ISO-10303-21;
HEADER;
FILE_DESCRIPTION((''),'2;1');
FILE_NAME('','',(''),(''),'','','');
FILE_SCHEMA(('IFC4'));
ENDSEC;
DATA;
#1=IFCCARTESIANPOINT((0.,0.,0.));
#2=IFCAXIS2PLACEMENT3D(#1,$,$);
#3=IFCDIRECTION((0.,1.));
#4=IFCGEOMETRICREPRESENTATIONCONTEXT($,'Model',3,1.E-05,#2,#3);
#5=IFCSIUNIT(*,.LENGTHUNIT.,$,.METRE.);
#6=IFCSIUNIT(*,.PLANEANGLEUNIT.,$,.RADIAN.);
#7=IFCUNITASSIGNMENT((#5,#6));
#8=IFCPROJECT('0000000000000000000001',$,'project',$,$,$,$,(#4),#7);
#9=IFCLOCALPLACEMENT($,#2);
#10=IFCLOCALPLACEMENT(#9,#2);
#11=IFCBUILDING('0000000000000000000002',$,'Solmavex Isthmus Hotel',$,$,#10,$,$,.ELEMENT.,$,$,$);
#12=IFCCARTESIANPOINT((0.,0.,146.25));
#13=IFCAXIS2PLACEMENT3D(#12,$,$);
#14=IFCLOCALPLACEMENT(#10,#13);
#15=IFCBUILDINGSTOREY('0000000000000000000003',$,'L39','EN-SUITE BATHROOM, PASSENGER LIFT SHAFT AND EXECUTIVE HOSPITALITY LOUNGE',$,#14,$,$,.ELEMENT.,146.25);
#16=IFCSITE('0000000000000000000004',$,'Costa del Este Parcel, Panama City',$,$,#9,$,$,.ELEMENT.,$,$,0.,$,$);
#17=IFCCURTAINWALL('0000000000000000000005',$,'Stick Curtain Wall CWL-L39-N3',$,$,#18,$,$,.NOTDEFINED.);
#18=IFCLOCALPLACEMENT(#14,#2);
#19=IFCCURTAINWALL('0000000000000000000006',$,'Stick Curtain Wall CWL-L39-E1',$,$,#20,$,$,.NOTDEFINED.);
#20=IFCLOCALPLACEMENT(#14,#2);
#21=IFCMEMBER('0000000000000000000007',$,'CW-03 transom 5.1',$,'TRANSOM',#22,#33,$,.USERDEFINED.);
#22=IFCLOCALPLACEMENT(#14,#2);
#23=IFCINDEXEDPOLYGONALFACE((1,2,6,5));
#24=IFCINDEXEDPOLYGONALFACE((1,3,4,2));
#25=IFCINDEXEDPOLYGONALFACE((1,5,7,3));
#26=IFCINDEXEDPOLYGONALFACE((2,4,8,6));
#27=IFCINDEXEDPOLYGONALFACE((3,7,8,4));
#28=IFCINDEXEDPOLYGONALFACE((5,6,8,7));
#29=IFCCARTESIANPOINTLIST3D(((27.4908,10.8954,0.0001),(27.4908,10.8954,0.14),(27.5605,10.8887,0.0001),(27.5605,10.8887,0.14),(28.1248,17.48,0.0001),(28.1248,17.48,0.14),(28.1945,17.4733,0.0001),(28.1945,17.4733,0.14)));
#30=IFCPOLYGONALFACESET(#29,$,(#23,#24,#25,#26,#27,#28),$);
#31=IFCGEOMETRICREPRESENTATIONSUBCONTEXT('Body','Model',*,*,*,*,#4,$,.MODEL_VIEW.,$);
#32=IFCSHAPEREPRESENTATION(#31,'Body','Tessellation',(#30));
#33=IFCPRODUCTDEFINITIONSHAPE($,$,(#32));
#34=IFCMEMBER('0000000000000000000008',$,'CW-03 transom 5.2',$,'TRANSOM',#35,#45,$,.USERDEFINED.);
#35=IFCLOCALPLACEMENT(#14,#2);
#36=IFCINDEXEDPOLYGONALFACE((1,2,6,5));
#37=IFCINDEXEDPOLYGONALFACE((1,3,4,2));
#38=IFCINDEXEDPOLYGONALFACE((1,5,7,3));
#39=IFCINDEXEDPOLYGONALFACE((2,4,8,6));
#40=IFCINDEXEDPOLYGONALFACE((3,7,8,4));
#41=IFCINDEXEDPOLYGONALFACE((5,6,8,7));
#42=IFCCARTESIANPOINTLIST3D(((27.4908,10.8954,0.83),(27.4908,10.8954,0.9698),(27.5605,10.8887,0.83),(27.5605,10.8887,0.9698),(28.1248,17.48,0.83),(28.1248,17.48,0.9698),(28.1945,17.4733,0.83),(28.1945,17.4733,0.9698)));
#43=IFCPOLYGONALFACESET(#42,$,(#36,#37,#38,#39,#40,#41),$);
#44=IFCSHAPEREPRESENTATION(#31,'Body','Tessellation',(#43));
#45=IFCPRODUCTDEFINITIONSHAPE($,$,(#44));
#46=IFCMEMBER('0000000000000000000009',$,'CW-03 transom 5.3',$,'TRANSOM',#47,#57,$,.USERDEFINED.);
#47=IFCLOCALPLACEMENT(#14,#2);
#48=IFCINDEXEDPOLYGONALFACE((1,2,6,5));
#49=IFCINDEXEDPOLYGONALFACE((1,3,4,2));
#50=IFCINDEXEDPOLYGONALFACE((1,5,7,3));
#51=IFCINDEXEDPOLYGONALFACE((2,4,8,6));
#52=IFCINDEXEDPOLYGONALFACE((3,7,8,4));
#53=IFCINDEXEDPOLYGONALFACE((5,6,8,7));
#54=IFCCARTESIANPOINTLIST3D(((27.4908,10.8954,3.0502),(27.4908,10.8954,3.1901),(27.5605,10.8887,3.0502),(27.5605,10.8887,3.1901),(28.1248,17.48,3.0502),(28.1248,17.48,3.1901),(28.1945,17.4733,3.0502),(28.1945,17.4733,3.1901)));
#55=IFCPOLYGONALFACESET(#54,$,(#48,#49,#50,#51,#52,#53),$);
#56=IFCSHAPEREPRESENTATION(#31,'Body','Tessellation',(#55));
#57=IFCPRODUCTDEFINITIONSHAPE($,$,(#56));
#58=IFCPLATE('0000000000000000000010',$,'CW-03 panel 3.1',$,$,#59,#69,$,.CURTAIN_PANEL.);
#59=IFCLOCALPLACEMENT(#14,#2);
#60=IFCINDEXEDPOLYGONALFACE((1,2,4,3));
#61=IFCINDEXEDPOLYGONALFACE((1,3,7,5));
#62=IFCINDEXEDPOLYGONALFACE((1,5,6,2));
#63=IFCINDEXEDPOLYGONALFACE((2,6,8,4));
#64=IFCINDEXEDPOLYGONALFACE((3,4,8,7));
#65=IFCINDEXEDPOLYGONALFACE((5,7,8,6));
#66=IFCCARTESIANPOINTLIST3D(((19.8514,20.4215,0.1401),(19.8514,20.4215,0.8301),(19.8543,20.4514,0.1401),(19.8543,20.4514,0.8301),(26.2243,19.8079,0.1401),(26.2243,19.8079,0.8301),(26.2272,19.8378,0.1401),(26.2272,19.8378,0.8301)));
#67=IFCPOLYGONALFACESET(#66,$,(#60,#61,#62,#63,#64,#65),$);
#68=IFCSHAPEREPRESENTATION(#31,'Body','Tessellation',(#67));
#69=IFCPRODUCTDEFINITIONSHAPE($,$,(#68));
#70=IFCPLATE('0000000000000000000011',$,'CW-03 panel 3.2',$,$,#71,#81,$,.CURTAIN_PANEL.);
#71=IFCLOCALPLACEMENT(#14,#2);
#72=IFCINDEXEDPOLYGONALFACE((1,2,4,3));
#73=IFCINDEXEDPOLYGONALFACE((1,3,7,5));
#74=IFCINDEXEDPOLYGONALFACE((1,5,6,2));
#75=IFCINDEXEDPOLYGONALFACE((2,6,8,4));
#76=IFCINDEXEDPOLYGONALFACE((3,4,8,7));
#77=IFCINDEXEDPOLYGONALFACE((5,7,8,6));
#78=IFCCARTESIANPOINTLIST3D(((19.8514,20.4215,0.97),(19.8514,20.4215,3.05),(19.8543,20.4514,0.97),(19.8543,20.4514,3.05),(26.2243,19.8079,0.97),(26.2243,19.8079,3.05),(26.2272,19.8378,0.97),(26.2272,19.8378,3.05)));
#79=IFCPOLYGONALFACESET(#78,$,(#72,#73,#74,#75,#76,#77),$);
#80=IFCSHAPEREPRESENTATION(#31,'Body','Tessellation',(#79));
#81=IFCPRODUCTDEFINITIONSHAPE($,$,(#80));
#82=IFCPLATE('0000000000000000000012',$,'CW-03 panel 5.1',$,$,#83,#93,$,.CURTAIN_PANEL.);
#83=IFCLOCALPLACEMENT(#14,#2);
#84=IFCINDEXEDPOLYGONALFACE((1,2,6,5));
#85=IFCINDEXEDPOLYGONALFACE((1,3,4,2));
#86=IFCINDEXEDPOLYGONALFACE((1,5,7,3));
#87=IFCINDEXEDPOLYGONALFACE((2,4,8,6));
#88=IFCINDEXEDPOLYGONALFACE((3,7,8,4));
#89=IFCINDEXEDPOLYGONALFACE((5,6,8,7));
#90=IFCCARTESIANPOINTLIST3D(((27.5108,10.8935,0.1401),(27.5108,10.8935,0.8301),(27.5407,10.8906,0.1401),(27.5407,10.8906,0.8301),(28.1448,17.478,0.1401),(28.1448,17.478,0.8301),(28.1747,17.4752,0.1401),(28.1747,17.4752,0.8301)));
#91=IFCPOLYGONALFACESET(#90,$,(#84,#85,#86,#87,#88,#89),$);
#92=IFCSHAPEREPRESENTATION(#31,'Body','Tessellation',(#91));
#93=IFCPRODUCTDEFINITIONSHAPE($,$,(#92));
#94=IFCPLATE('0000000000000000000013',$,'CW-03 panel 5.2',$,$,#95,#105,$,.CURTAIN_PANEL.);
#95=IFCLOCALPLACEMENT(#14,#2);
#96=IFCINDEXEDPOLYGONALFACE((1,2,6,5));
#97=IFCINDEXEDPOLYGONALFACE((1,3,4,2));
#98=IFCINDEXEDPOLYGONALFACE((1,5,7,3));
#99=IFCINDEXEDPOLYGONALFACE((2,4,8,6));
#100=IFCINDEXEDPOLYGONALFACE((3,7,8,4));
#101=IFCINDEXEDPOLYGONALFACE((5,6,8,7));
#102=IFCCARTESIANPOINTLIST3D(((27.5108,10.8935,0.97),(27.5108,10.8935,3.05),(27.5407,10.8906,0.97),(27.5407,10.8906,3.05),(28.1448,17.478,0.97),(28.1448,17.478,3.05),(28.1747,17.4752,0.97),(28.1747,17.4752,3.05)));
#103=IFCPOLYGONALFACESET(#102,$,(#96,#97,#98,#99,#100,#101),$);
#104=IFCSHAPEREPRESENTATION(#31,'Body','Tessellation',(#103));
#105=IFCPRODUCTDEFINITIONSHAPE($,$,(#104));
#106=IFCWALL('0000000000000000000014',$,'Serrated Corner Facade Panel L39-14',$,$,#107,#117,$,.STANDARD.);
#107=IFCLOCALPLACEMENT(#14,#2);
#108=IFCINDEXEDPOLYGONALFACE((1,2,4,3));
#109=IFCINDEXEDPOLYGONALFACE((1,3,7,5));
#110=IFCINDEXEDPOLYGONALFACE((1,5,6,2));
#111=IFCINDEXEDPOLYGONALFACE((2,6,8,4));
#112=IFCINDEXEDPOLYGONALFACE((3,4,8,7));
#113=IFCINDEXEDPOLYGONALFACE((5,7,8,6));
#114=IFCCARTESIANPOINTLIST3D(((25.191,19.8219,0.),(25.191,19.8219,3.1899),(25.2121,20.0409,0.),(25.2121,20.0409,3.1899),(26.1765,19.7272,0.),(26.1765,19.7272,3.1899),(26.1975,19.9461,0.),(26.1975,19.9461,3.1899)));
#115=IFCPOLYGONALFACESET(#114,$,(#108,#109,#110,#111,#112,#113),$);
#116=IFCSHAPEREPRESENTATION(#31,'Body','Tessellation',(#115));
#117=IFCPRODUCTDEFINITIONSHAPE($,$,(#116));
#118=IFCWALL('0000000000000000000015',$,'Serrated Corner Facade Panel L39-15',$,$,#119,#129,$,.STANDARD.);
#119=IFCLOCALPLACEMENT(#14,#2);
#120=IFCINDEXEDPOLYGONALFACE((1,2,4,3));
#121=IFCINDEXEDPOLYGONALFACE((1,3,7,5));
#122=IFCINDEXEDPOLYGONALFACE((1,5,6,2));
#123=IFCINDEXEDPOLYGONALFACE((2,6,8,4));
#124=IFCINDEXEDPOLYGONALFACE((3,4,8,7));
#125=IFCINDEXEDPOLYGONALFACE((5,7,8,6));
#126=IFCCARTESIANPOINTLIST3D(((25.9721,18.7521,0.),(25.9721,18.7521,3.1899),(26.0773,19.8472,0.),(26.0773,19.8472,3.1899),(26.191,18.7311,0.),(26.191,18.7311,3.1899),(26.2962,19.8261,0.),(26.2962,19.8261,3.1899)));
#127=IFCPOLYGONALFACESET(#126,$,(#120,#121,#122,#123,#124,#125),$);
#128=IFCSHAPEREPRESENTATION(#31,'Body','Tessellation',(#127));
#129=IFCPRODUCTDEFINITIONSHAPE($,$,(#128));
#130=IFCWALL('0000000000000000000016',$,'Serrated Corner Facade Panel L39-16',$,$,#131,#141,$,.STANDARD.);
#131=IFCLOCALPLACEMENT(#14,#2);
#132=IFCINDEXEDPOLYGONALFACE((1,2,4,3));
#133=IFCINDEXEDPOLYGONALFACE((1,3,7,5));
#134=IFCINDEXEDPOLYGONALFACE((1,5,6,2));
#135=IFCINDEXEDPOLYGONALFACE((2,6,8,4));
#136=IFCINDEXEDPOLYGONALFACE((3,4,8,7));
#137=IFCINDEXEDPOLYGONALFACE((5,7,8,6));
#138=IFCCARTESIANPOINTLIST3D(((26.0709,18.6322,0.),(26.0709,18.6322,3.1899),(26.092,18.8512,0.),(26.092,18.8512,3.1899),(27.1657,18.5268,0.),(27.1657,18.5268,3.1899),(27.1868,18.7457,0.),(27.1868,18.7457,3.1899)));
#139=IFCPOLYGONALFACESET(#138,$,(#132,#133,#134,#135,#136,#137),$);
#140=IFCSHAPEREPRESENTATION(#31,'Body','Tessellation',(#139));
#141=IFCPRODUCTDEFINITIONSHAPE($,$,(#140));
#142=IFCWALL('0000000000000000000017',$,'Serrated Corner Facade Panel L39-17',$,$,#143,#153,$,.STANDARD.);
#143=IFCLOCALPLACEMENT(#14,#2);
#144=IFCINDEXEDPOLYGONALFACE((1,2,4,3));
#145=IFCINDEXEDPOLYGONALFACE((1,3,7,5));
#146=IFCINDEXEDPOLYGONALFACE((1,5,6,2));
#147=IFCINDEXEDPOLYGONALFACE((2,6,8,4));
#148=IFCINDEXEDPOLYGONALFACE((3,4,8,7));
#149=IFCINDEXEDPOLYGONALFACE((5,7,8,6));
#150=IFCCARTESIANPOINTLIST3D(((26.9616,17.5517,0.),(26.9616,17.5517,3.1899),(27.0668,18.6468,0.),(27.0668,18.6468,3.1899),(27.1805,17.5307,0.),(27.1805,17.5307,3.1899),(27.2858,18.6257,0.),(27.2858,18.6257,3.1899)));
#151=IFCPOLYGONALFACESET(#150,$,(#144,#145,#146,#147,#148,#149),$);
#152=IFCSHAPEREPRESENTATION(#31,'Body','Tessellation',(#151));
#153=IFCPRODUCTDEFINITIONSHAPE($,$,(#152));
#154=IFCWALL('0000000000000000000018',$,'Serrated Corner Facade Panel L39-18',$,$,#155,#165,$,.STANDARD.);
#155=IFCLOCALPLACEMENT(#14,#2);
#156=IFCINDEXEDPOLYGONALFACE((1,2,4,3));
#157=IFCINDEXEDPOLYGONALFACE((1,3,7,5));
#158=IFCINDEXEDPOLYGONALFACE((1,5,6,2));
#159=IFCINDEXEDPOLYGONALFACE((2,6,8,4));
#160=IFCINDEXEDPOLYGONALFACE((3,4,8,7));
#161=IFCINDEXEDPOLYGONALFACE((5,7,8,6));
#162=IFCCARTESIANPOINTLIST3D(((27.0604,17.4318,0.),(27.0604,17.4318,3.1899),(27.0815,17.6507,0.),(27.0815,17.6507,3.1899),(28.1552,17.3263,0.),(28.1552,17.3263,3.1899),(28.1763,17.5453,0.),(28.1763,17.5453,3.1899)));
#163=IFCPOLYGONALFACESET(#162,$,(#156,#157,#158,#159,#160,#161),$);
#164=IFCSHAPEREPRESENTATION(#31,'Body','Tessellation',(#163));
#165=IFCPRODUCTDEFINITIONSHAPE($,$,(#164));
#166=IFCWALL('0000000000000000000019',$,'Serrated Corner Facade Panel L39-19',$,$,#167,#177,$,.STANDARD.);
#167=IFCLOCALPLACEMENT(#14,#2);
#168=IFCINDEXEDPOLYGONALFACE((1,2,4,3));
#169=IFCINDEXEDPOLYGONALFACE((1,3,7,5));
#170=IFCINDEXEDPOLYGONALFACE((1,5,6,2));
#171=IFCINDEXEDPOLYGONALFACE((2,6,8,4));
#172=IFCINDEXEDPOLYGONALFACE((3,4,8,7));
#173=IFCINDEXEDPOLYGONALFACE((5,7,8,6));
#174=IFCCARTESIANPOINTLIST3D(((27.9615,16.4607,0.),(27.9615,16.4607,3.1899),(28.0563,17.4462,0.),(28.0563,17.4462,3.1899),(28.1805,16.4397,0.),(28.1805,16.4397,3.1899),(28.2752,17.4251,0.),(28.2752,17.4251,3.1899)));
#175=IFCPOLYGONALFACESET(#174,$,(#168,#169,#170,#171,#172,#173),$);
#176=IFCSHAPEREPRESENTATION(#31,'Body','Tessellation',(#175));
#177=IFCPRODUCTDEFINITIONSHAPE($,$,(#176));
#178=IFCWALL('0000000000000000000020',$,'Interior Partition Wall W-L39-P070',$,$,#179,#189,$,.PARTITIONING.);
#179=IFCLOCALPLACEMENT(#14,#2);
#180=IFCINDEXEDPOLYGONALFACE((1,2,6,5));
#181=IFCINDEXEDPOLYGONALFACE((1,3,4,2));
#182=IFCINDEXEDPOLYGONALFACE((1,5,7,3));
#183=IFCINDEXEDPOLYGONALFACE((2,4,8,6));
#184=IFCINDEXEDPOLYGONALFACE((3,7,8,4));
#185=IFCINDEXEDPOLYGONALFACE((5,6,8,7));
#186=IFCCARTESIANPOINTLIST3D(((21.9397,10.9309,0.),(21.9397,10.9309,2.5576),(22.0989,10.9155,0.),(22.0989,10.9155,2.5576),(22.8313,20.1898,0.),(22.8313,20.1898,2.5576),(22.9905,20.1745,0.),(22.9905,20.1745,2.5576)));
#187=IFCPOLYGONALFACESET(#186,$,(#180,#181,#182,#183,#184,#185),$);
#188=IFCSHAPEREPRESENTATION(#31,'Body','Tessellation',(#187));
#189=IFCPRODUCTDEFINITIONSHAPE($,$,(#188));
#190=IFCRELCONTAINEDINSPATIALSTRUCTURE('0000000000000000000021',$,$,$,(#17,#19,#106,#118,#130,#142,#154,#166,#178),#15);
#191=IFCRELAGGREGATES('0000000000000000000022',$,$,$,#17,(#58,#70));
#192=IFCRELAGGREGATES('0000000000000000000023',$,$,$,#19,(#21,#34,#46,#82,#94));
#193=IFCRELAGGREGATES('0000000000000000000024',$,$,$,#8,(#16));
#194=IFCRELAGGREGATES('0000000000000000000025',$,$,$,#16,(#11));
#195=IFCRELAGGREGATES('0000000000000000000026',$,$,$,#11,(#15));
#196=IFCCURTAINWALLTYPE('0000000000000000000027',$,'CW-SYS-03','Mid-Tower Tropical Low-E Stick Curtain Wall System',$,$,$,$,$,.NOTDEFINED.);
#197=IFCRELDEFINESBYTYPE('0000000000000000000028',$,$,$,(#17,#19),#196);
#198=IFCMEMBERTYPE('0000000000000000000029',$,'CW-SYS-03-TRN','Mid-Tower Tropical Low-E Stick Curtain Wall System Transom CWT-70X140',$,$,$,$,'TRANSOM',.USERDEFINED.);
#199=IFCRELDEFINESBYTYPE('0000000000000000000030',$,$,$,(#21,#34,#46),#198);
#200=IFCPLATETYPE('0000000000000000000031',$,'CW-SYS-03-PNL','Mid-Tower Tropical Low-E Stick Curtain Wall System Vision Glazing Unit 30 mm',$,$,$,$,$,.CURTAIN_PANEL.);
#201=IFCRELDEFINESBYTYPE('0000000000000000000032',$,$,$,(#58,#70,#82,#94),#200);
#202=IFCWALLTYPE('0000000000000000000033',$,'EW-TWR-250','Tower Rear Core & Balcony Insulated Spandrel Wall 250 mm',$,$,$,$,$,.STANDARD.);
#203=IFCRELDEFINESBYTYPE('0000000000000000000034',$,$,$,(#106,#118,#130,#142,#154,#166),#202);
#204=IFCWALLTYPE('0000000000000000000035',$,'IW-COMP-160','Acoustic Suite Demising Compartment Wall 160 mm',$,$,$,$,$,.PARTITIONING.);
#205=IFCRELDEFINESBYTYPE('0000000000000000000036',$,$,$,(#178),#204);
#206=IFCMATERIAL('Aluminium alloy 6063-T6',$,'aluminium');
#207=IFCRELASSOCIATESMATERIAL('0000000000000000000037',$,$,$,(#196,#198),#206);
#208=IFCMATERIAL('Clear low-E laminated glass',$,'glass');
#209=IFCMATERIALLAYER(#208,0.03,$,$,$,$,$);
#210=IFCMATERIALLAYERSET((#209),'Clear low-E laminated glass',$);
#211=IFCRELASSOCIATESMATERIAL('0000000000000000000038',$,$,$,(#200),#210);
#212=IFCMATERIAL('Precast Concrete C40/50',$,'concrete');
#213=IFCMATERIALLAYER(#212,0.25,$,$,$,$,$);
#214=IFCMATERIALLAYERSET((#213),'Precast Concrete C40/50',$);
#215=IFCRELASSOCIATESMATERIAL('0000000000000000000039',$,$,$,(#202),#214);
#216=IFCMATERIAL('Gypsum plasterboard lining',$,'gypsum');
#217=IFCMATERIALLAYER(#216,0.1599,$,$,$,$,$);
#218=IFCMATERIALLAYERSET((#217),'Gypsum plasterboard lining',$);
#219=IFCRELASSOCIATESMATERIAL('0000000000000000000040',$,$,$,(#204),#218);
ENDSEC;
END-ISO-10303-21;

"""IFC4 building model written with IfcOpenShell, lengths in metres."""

from ifc_helpers import new_model, si_unit, direction, frame, frame_2d, origin, origin_2d, place, context, subcontext, project, spatial, rectangle, extrude, material, layer, layer_set, material_profile, profile_set, type_object, element, aggregate, save


model = new_model("IFC4")

# Units and contexts
model_context = context("Model", 3, precision=1e-05, world=origin(), true_north=direction((0.0, 1.0)))
body_context = subcontext(model_context, "Body", "Model", "MODEL_VIEW")
ifc_project = project(units=[si_unit("LENGTHUNIT", "METRE"), si_unit("PLANEANGLEUNIT", "RADIAN")], contexts=[model_context])

# Site, building, storey
site_placement = place(None, origin())
site = spatial("IfcSite", under=ifc_project, at=site_placement, Name="Costa del Este Parcel, Panama City", CompositionType="ELEMENT", RefElevation=0.0)
building_placement = place(site_placement, origin())
building = spatial("IfcBuilding", under=site, at=building_placement, Name="Solmavex Isthmus Hotel", CompositionType="ELEMENT")
storey_placement = place(building_placement, frame((0.0, 0.0, 146.25)))
storey = spatial("IfcBuildingStorey", under=building, at=storey_placement, Name="L39", Description="EN-SUITE BATHROOM, PASSENGER LIFT SHAFT AND EXECUTIVE HOSPITALITY LOUNGE", CompositionType="ELEMENT", Elevation=146.25)

# Curtain wall
ifc_material_1 = material(Name="Aluminium alloy 6063-T6", Category="aluminium")
curtain_wall_type = type_object("IfcCurtainWallType", Name="CW-SYS-03", Description="Mid-Tower Tropical Low-E Stick Curtain Wall System", PredefinedType="NOTDEFINED", material=ifc_material_1)
curtain_wall_1_placement = place(storey_placement, origin())
curtain_wall_1 = element("IfcCurtainWall", 1, at=curtain_wall_1_placement, inside=storey, type_object=curtain_wall_type, Name="Stick Curtain Wall CWL-L39-N3", PredefinedType="NOTDEFINED")

# Curtain wall, members
curtain_wall_2_placement = place(storey_placement, origin())
curtain_wall_2 = element("IfcCurtainWall", 2, at=curtain_wall_2_placement, inside=storey, type_object=curtain_wall_type, Name="Stick Curtain Wall CWL-L39-E1", PredefinedType="NOTDEFINED")
ifc_material_profile_1 = material_profile(ifc_material_1, rectangle(XDim=0.0701, YDim=0.1399, at=origin_2d()), Name="CWT-70X140")
ifc_profile_set_1 = profile_set([ifc_material_profile_1], Name="Aluminium alloy 6063-T6")
member_type_1 = type_object("IfcMemberType", Name="CW-SYS-03-TRN", Description="Mid-Tower Tropical Low-E Stick Curtain Wall System Transom CWT-70X140", ElementType="TRANSOM", PredefinedType="USERDEFINED", material=ifc_profile_set_1)
member_1_placement = place(storey_placement, frame((27.5256, 10.8921, 0.0701), z_axis=(0.095849, 0.995396, 0.0), x_axis=(-0.995396, 0.095849, 0.0)))
member_1 = element("IfcMember", 3, at=member_1_placement, type_object=member_type_1, Name="CW-03 transom 5.1", ObjectType="TRANSOM", PredefinedType="USERDEFINED", context=body_context, shape_type="SweptSolid", body=[
    extrude(rectangle(XDim=0.0701, YDim=0.1399, at=origin_2d()), origin(), (0.0, 0.0, 1.0), 6.615),
])
member_2_placement = place(storey_placement, frame((27.5256, 10.8921, 0.8999), z_axis=(0.095849, 0.995396, 0.0), x_axis=(-0.995396, 0.095849, 0.0)))
member_2 = element("IfcMember", 4, at=member_2_placement, type_object=member_type_1, Name="CW-03 transom 5.2", ObjectType="TRANSOM", PredefinedType="USERDEFINED", context=body_context, shape_type="SweptSolid", body=[
    extrude(rectangle(XDim=0.0701, YDim=0.1399, at=origin_2d()), origin(), (0.0, 0.0, 1.0), 6.615),
])
member_3_placement = place(storey_placement, frame((27.5256, 10.8921, 3.1201), z_axis=(0.095849, 0.995396, 0.0), x_axis=(-0.995396, 0.095849, 0.0)))
member_3 = element("IfcMember", 5, at=member_3_placement, type_object=member_type_1, Name="CW-03 transom 5.3", ObjectType="TRANSOM", PredefinedType="USERDEFINED", context=body_context, shape_type="SweptSolid", body=[
    extrude(rectangle(XDim=0.0701, YDim=0.1399, at=origin_2d()), origin(), (0.0, 0.0, 1.0), 6.615),
])

# Plates
ifc_material_2 = material(Name="Clear low-E laminated glass", Category="glass")
ifc_layer_1 = layer(ifc_material_2, 0.03)
ifc_layer_set_1 = layer_set([ifc_layer_1], Name="Clear low-E laminated glass")
plate_type = type_object("IfcPlateType", Name="CW-SYS-03-PNL", Description="Mid-Tower Tropical Low-E Stick Curtain Wall System Vision Glazing Unit 30 mm", PredefinedType="CURTAIN_PANEL", material=ifc_layer_set_1)
plate_1_placement = place(storey_placement, frame((23.0393, 20.1296, 0.1401), z_axis=(0.0, 0.0, 1.0), x_axis=(0.995396, -0.095846, 0.0)))
plate_1 = element("IfcPlate", 6, at=plate_1_placement, type_object=plate_type, Name="CW-03 panel 3.1", PredefinedType="CURTAIN_PANEL", context=body_context, shape_type="SweptSolid", body=[
    extrude(rectangle(XDim=6.4023, YDim=0.03, at=origin_2d()), origin(), (0.0, 0.0, 1.0), 0.6899),
])
plate_2_placement = place(storey_placement, frame((23.0393, 20.1296, 0.97), z_axis=(0.0, 0.0, 1.0), x_axis=(0.995396, -0.095846, 0.0)))
plate_2 = element("IfcPlate", 7, at=plate_2_placement, type_object=plate_type, Name="CW-03 panel 3.2", PredefinedType="CURTAIN_PANEL", context=body_context, shape_type="SweptSolid", body=[
    extrude(rectangle(XDim=6.4023, YDim=0.03, at=origin_2d()), origin(), (0.0, 0.0, 1.0), 2.0801),
])
aggregate(curtain_wall_1, [plate_1, plate_2])
plate_3_placement = place(storey_placement, frame((27.8428, 14.1843, 0.1401), z_axis=(0.0, 0.0, 1.0), x_axis=(0.095846, 0.995396, 0.0)))
plate_3 = element("IfcPlate", 8, at=plate_3_placement, type_object=plate_type, Name="CW-03 panel 5.1", PredefinedType="CURTAIN_PANEL", context=body_context, shape_type="SweptSolid", body=[
    extrude(rectangle(XDim=6.615, YDim=0.03, at=origin_2d()), origin(), (0.0, 0.0, 1.0), 0.6899),
])
plate_4_placement = place(storey_placement, frame((27.8428, 14.1843, 0.97), z_axis=(0.0, 0.0, 1.0), x_axis=(0.095846, 0.995396, 0.0)))
plate_4 = element("IfcPlate", 9, at=plate_4_placement, type_object=plate_type, Name="CW-03 panel 5.2", PredefinedType="CURTAIN_PANEL", context=body_context, shape_type="SweptSolid", body=[
    extrude(rectangle(XDim=6.615, YDim=0.03, at=origin_2d()), origin(), (0.0, 0.0, 1.0), 2.0801),
])
aggregate(curtain_wall_2, [member_1, member_2, member_3, plate_3, plate_4])

# Walls
ifc_material_3 = material(Name="Precast Concrete C40/50", Category="concrete")
ifc_layer_2 = layer(ifc_material_3, 0.25)
ifc_layer_set_2 = layer_set([ifc_layer_2], Name="Precast Concrete C40/50")
wall_type_1 = type_object("IfcWallType", Name="EW-TWR-250", Description="Tower Rear Core & Balcony Insulated Spandrel Wall 250 mm", PredefinedType="STANDARD", material=ifc_layer_set_2)
wall_1_placement = place(storey_placement, frame((25.2014, 19.9314, 0.0), z_axis=(0.0, 0.0, 1.0), x_axis=(0.995411, -0.095694, 0.0)))
element("IfcWall", 10, at=wall_1_placement, inside=storey, type_object=wall_type_1, Name="Serrated Corner Facade Panel L39-14", PredefinedType="STANDARD", context=body_context, shape_type="SweptSolid", body=[
    extrude(rectangle(XDim=0.99, YDim=0.22, at=frame_2d((0.4951, 0.0))), origin(), (0.0, 0.0, 1.0), 3.1899),
])
wall_2_placement = place(storey_placement, frame((26.1868, 19.8367, 0.0), z_axis=(0.0, 0.0, 1.0), x_axis=(-0.095657, -0.995414, 0.0)))
element("IfcWall", 11, at=wall_2_placement, inside=storey, type_object=wall_type_1, Name="Serrated Corner Facade Panel L39-15", PredefinedType="STANDARD", context=body_context, shape_type="SweptSolid", body=[
    extrude(rectangle(XDim=1.1001, YDim=0.22, at=frame_2d((0.55, 0.0))), origin(), (0.0, 0.0, 1.0), 3.1899),
])
wall_3_placement = place(storey_placement, frame((26.0815, 18.7417, 0.0), z_axis=(0.0, 0.0, 1.0), x_axis=(0.995391, -0.095899, 0.0)))
element("IfcWall", 12, at=wall_3_placement, inside=storey, type_object=wall_type_1, Name="Serrated Corner Facade Panel L39-16", PredefinedType="STANDARD", context=body_context, shape_type="SweptSolid", body=[
    extrude(rectangle(XDim=1.0999, YDim=0.22, at=frame_2d((0.5498, 0.0))), origin(), (0.0, 0.0, 1.0), 3.1899),
])
wall_4_placement = place(storey_placement, frame((27.1763, 18.6362, 0.0), z_axis=(0.0, 0.0, 1.0), x_axis=(-0.095657, -0.995414, 0.0)))
element("IfcWall", 13, at=wall_4_placement, inside=storey, type_object=wall_type_1, Name="Serrated Corner Facade Panel L39-17", PredefinedType="STANDARD", context=body_context, shape_type="SweptSolid", body=[
    extrude(rectangle(XDim=1.1001, YDim=0.22, at=frame_2d((0.55, 0.0))), origin(), (0.0, 0.0, 1.0), 3.1899),
])
wall_5_placement = place(storey_placement, frame((27.071, 17.5413, 0.0), z_axis=(0.0, 0.0, 1.0), x_axis=(0.995391, -0.095899, 0.0)))
element("IfcWall", 14, at=wall_5_placement, inside=storey, type_object=wall_type_1, Name="Serrated Corner Facade Panel L39-18", PredefinedType="STANDARD", context=body_context, shape_type="SweptSolid", body=[
    extrude(rectangle(XDim=1.0999, YDim=0.22, at=frame_2d((0.5498, 0.0))), origin(), (0.0, 0.0, 1.0), 3.1899),
])
wall_6_placement = place(storey_placement, frame((28.1658, 17.4358, 0.0), z_axis=(0.0, 0.0, 1.0), x_axis=(-0.095694, -0.995411, 0.0)))
element("IfcWall", 15, at=wall_6_placement, inside=storey, type_object=wall_type_1, Name="Serrated Corner Facade Panel L39-19", PredefinedType="STANDARD", context=body_context, shape_type="SweptSolid", body=[
    extrude(rectangle(XDim=0.99, YDim=0.22, at=frame_2d((0.4951, 0.0))), origin(), (0.0, 0.0, 1.0), 3.1899),
])

# Shared definitions
ifc_material_4 = material(Name="Gypsum plasterboard lining", Category="gypsum")
ifc_layer_3 = layer(ifc_material_4, 0.1599)
ifc_layer_set_3 = layer_set([ifc_layer_3], Name="Gypsum plasterboard lining")
wall_type_2 = type_object("IfcWallType", Name="IW-COMP-160", Description="Acoustic Suite Demising Compartment Wall 160 mm", PredefinedType="PARTITIONING", material=ifc_layer_set_3)

# Wall
wall_7_placement = place(storey_placement, frame((22.9109, 20.1821, 0.0), z_axis=(0.0, 0.0, 1.0), x_axis=(-0.095852, -0.995396, 0.0)))
element("IfcWall", 16, at=wall_7_placement, inside=storey, type_object=wall_type_2, Name="Interior Partition Wall W-L39-P070", PredefinedType="PARTITIONING", context=body_context, shape_type="SweptSolid", body=[
    extrude(rectangle(XDim=9.3018, YDim=0.1599, at=frame_2d((4.6509, 0.0))), origin(), (0.0, 0.0, 1.0), 2.5576),
])

save(model, "model.ifc")
